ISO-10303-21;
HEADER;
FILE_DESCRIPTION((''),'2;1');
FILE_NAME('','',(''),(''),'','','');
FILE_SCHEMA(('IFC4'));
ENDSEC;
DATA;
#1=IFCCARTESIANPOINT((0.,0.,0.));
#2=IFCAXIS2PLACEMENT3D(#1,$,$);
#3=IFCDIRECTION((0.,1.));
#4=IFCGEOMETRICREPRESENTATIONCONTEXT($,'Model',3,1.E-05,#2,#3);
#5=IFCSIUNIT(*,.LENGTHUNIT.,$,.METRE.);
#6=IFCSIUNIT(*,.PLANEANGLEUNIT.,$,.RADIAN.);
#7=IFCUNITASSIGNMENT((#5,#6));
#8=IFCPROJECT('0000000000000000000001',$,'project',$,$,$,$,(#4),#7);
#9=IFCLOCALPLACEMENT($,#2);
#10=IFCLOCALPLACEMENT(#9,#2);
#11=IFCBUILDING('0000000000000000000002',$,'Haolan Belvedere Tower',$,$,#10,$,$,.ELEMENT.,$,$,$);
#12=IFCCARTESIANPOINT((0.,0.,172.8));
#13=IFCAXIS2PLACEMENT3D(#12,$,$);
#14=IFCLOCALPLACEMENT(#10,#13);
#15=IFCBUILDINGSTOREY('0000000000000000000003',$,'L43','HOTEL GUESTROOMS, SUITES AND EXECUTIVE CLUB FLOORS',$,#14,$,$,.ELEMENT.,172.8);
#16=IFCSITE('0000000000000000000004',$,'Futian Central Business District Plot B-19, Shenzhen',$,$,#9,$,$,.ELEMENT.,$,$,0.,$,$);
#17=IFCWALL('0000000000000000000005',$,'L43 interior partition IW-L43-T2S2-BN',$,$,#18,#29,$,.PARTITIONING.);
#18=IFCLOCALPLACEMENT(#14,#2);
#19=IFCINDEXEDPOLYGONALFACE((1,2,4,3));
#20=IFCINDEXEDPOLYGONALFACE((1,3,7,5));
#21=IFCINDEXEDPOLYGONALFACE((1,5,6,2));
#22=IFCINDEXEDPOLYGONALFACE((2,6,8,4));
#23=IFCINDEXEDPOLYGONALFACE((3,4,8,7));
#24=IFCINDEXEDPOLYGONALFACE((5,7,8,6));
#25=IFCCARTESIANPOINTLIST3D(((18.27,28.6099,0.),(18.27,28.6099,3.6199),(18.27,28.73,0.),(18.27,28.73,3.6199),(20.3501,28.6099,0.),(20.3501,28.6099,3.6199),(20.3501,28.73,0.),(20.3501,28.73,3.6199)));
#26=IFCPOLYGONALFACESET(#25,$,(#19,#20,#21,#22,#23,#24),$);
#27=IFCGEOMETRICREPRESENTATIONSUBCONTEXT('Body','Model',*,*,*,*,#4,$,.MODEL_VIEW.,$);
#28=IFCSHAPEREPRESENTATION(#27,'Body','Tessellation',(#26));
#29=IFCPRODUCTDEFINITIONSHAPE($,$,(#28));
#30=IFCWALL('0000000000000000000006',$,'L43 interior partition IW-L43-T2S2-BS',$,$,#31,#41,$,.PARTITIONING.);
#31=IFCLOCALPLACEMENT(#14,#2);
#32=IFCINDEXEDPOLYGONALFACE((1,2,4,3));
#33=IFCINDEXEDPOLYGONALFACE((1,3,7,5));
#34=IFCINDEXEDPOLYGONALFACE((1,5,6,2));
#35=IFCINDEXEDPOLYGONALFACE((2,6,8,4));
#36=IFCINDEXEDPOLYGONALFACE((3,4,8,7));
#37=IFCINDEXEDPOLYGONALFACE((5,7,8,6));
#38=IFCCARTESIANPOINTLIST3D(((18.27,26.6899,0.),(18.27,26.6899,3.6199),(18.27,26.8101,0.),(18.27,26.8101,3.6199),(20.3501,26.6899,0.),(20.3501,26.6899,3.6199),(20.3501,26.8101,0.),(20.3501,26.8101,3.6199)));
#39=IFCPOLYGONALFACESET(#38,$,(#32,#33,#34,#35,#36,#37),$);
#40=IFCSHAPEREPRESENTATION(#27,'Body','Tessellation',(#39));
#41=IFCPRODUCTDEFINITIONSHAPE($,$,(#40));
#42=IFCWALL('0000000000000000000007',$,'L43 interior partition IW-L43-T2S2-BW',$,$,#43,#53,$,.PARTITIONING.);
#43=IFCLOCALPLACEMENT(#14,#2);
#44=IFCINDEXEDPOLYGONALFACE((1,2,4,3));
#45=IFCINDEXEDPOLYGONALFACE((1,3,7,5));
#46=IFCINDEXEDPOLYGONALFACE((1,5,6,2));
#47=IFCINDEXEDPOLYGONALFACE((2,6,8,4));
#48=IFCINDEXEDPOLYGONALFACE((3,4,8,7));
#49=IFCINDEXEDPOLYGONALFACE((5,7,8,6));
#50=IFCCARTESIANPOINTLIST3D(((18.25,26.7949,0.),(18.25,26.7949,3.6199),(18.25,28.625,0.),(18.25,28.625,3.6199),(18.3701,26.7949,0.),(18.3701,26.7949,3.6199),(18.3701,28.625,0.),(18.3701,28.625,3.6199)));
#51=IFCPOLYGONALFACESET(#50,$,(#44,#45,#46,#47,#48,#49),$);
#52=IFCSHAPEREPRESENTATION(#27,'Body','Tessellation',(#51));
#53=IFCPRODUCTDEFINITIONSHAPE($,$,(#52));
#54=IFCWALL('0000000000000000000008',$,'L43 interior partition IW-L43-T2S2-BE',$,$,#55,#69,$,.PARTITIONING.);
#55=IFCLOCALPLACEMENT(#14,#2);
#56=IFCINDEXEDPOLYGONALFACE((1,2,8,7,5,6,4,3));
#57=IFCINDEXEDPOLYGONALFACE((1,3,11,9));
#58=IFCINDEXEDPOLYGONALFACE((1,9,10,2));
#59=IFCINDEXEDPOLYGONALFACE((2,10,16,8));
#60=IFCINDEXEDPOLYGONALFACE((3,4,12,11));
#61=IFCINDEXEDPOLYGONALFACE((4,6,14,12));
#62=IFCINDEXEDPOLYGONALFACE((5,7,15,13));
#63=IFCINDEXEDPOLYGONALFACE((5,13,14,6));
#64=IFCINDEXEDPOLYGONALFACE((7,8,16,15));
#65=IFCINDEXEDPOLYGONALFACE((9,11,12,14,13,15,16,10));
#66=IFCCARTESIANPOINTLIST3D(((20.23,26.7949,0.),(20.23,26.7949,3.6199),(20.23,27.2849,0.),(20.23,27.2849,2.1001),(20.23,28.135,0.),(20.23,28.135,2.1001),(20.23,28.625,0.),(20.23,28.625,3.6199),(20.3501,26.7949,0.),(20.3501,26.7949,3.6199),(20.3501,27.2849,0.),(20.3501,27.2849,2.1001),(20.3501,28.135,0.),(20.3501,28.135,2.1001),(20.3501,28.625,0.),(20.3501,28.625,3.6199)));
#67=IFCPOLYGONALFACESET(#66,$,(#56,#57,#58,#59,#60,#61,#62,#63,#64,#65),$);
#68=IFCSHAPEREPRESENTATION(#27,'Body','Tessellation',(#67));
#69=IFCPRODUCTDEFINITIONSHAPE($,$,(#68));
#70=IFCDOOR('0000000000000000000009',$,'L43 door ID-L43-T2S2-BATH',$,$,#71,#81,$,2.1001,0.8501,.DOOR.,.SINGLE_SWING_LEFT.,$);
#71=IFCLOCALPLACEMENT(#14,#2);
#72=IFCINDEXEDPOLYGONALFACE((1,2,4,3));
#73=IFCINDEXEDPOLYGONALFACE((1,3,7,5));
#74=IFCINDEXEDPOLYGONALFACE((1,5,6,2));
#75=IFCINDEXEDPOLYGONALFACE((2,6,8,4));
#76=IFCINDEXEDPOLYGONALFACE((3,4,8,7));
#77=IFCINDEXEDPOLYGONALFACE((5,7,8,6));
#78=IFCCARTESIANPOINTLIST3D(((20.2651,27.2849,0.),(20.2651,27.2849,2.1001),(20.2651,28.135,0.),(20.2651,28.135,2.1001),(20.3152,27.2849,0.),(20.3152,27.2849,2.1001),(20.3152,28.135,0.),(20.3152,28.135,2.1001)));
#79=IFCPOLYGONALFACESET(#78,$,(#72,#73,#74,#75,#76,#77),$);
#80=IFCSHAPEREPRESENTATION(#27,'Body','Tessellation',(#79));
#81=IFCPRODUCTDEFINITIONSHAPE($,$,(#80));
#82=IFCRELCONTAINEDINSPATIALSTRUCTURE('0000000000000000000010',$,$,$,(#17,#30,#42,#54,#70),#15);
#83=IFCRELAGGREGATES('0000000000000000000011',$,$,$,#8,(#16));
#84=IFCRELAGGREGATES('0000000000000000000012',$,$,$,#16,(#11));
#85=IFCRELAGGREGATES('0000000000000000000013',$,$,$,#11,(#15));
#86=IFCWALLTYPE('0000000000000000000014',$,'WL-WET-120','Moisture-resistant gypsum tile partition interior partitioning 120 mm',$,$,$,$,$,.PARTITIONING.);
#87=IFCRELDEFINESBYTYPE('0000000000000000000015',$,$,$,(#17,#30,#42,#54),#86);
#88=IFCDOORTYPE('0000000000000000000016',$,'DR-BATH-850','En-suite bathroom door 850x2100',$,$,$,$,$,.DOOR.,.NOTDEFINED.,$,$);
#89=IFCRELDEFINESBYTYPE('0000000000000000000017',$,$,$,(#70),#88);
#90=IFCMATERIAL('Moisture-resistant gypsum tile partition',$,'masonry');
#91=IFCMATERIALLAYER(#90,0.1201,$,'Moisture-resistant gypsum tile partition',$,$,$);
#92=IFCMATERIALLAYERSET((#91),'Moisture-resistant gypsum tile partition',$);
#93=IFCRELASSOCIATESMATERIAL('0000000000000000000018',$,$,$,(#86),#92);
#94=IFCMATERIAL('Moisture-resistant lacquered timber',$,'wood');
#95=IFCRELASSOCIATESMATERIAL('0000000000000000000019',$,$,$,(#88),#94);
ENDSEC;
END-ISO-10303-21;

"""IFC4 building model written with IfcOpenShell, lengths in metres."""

from ifc_helpers import new_model, si_unit, direction, frame, frame_2d, origin, place, context, subcontext, project, spatial, rectangle, extrude, material, layer, layer_set, type_object, element, fill, save


model = new_model("IFC4")

# Units and contexts
model_context = context("Model", 3, precision=1e-05, world=origin(), true_north=direction((0.0, 1.0)))
body_context = subcontext(model_context, "Body", "Model", "MODEL_VIEW")
ifc_project = project(units=[si_unit("LENGTHUNIT", "METRE"), si_unit("PLANEANGLEUNIT", "RADIAN")], contexts=[model_context])

# Site, building, storey
site_placement = place(None, origin())
site = spatial("IfcSite", under=ifc_project, at=site_placement, Name="Futian Central Business District Plot B-19, Shenzhen", CompositionType="ELEMENT", RefElevation=0.0)
building_placement = place(site_placement, origin())
building = spatial("IfcBuilding", under=site, at=building_placement, Name="Haolan Belvedere Tower", CompositionType="ELEMENT")
storey_placement = place(building_placement, frame((0.0, 0.0, 172.8)))
storey = spatial("IfcBuildingStorey", under=building, at=storey_placement, Name="L43", Description="HOTEL GUESTROOMS, SUITES AND EXECUTIVE CLUB FLOORS", CompositionType="ELEMENT", Elevation=172.8)

# Shared definitions
ifc_material_1 = material(Name="Moisture-resistant gypsum tile partition", Category="masonry")
ifc_layer_1 = layer(ifc_material_1, 0.1201, Name="Moisture-resistant gypsum tile partition")
ifc_layer_set_1 = layer_set([ifc_layer_1], Name="Moisture-resistant gypsum tile partition")
wall_type_1 = type_object("IfcWallType", Name="WL-WET-120", Description="Moisture-resistant gypsum tile partition interior partitioning 120 mm", PredefinedType="PARTITIONING", material=ifc_layer_set_1)
ifc_material_2 = material(Name="Moisture-resistant lacquered timber", Category="wood")
door_type_1 = type_object("IfcDoorType", Name="DR-BATH-850", Description="En-suite bathroom door 850x2100", OperationType="NOTDEFINED", PredefinedType="DOOR", material=ifc_material_2)

# Walls
for number, where, z_axis, x_axis, name in (
    (1, (18.27, 28.6699, 0.0), (0.0, 0.0, 1.0), (1.0, 0.0, 0.0), "L43 interior partition IW-L43-T2S2-BN"),
    (2, (18.27, 26.75, 0.0), (0.0, 0.0, 1.0), (1.0, 0.0, 0.0), "L43 interior partition IW-L43-T2S2-BS"),
):
    element("IfcWall", number, at=place(storey_placement, frame(where, z_axis=z_axis, x_axis=x_axis)), inside=storey, type_object=wall_type_1, Name=name, PredefinedType="PARTITIONING", context=body_context, shape_type="SweptSolid", body=[
        extrude(rectangle(XDim=2.0801, YDim=0.1201, at=frame_2d((1.04, 0.0))), origin(), (0.0, 0.0, 1.0), 3.6199),
    ])
wall_1_placement = place(storey_placement, frame((18.3101, 26.7949, 0.0), z_axis=(0.0, 0.0, 1.0), x_axis=(0.0, 1.0, 0.0)))
element("IfcWall", 3, at=wall_1_placement, inside=storey, type_object=wall_type_1, Name="L43 interior partition IW-L43-T2S2-BW", PredefinedType="PARTITIONING", context=body_context, shape_type="SweptSolid", body=[
    extrude(rectangle(XDim=1.8301, YDim=0.1201, at=frame_2d((0.915, 0.0))), origin(), (0.0, 0.0, 1.0), 3.6199),
])

# Wall, opening, door
wall_2_placement = place(storey_placement, frame((20.29, 26.7949, 0.0), z_axis=(0.0, 0.0, 1.0), x_axis=(0.0, 1.0, 0.0)))
wall_2 = element("IfcWall", 4, at=wall_2_placement, inside=storey, type_object=wall_type_1, Name="L43 interior partition IW-L43-T2S2-BE", PredefinedType="PARTITIONING", context=body_context, shape_type="SweptSolid", body=[
    extrude(rectangle(XDim=1.8301, YDim=0.1201, at=frame_2d((0.915, 0.0))), origin(), (0.0, 0.0, 1.0), 3.6199),
])
opening_1_placement = place(wall_2_placement, frame((0.49, 0.0, 0.0)))
opening_1 = element("IfcOpeningElement", 5, at=opening_1_placement, cuts=wall_2, PredefinedType="OPENING", context=body_context, shape_type="SweptSolid", body=[
    extrude(rectangle(XDim=0.8501, YDim=2.1001, at=frame_2d((0.425, 1.05))), frame((0.0, 0.0701, 0.0), z_axis=(0.0, -1.0, 0.0), x_axis=(1.0, 0.0, 0.0)), (0.0, 0.0, 1.0), 0.1401),
])
door_1_placement = place(opening_1_placement, origin())
door_1 = element("IfcDoor", 6, at=door_1_placement, inside=storey, type_object=door_type_1, Name="L43 door ID-L43-T2S2-BATH", OperationType="SINGLE_SWING_LEFT", OverallHeight=2.1001, OverallWidth=0.8501, PredefinedType="DOOR", context=body_context, shape_type="SweptSolid", body=[
    extrude(rectangle(XDim=0.8501, YDim=2.1001, at=frame_2d((0.425, 1.05))), frame((0.0, 0.0249, 0.0), z_axis=(0.0, -1.0, 0.0), x_axis=(1.0, 0.0, 0.0)), (0.0, 0.0, 1.0), 0.05),
])
fill(opening_1, door_1)

save(model, "model.ifc")
